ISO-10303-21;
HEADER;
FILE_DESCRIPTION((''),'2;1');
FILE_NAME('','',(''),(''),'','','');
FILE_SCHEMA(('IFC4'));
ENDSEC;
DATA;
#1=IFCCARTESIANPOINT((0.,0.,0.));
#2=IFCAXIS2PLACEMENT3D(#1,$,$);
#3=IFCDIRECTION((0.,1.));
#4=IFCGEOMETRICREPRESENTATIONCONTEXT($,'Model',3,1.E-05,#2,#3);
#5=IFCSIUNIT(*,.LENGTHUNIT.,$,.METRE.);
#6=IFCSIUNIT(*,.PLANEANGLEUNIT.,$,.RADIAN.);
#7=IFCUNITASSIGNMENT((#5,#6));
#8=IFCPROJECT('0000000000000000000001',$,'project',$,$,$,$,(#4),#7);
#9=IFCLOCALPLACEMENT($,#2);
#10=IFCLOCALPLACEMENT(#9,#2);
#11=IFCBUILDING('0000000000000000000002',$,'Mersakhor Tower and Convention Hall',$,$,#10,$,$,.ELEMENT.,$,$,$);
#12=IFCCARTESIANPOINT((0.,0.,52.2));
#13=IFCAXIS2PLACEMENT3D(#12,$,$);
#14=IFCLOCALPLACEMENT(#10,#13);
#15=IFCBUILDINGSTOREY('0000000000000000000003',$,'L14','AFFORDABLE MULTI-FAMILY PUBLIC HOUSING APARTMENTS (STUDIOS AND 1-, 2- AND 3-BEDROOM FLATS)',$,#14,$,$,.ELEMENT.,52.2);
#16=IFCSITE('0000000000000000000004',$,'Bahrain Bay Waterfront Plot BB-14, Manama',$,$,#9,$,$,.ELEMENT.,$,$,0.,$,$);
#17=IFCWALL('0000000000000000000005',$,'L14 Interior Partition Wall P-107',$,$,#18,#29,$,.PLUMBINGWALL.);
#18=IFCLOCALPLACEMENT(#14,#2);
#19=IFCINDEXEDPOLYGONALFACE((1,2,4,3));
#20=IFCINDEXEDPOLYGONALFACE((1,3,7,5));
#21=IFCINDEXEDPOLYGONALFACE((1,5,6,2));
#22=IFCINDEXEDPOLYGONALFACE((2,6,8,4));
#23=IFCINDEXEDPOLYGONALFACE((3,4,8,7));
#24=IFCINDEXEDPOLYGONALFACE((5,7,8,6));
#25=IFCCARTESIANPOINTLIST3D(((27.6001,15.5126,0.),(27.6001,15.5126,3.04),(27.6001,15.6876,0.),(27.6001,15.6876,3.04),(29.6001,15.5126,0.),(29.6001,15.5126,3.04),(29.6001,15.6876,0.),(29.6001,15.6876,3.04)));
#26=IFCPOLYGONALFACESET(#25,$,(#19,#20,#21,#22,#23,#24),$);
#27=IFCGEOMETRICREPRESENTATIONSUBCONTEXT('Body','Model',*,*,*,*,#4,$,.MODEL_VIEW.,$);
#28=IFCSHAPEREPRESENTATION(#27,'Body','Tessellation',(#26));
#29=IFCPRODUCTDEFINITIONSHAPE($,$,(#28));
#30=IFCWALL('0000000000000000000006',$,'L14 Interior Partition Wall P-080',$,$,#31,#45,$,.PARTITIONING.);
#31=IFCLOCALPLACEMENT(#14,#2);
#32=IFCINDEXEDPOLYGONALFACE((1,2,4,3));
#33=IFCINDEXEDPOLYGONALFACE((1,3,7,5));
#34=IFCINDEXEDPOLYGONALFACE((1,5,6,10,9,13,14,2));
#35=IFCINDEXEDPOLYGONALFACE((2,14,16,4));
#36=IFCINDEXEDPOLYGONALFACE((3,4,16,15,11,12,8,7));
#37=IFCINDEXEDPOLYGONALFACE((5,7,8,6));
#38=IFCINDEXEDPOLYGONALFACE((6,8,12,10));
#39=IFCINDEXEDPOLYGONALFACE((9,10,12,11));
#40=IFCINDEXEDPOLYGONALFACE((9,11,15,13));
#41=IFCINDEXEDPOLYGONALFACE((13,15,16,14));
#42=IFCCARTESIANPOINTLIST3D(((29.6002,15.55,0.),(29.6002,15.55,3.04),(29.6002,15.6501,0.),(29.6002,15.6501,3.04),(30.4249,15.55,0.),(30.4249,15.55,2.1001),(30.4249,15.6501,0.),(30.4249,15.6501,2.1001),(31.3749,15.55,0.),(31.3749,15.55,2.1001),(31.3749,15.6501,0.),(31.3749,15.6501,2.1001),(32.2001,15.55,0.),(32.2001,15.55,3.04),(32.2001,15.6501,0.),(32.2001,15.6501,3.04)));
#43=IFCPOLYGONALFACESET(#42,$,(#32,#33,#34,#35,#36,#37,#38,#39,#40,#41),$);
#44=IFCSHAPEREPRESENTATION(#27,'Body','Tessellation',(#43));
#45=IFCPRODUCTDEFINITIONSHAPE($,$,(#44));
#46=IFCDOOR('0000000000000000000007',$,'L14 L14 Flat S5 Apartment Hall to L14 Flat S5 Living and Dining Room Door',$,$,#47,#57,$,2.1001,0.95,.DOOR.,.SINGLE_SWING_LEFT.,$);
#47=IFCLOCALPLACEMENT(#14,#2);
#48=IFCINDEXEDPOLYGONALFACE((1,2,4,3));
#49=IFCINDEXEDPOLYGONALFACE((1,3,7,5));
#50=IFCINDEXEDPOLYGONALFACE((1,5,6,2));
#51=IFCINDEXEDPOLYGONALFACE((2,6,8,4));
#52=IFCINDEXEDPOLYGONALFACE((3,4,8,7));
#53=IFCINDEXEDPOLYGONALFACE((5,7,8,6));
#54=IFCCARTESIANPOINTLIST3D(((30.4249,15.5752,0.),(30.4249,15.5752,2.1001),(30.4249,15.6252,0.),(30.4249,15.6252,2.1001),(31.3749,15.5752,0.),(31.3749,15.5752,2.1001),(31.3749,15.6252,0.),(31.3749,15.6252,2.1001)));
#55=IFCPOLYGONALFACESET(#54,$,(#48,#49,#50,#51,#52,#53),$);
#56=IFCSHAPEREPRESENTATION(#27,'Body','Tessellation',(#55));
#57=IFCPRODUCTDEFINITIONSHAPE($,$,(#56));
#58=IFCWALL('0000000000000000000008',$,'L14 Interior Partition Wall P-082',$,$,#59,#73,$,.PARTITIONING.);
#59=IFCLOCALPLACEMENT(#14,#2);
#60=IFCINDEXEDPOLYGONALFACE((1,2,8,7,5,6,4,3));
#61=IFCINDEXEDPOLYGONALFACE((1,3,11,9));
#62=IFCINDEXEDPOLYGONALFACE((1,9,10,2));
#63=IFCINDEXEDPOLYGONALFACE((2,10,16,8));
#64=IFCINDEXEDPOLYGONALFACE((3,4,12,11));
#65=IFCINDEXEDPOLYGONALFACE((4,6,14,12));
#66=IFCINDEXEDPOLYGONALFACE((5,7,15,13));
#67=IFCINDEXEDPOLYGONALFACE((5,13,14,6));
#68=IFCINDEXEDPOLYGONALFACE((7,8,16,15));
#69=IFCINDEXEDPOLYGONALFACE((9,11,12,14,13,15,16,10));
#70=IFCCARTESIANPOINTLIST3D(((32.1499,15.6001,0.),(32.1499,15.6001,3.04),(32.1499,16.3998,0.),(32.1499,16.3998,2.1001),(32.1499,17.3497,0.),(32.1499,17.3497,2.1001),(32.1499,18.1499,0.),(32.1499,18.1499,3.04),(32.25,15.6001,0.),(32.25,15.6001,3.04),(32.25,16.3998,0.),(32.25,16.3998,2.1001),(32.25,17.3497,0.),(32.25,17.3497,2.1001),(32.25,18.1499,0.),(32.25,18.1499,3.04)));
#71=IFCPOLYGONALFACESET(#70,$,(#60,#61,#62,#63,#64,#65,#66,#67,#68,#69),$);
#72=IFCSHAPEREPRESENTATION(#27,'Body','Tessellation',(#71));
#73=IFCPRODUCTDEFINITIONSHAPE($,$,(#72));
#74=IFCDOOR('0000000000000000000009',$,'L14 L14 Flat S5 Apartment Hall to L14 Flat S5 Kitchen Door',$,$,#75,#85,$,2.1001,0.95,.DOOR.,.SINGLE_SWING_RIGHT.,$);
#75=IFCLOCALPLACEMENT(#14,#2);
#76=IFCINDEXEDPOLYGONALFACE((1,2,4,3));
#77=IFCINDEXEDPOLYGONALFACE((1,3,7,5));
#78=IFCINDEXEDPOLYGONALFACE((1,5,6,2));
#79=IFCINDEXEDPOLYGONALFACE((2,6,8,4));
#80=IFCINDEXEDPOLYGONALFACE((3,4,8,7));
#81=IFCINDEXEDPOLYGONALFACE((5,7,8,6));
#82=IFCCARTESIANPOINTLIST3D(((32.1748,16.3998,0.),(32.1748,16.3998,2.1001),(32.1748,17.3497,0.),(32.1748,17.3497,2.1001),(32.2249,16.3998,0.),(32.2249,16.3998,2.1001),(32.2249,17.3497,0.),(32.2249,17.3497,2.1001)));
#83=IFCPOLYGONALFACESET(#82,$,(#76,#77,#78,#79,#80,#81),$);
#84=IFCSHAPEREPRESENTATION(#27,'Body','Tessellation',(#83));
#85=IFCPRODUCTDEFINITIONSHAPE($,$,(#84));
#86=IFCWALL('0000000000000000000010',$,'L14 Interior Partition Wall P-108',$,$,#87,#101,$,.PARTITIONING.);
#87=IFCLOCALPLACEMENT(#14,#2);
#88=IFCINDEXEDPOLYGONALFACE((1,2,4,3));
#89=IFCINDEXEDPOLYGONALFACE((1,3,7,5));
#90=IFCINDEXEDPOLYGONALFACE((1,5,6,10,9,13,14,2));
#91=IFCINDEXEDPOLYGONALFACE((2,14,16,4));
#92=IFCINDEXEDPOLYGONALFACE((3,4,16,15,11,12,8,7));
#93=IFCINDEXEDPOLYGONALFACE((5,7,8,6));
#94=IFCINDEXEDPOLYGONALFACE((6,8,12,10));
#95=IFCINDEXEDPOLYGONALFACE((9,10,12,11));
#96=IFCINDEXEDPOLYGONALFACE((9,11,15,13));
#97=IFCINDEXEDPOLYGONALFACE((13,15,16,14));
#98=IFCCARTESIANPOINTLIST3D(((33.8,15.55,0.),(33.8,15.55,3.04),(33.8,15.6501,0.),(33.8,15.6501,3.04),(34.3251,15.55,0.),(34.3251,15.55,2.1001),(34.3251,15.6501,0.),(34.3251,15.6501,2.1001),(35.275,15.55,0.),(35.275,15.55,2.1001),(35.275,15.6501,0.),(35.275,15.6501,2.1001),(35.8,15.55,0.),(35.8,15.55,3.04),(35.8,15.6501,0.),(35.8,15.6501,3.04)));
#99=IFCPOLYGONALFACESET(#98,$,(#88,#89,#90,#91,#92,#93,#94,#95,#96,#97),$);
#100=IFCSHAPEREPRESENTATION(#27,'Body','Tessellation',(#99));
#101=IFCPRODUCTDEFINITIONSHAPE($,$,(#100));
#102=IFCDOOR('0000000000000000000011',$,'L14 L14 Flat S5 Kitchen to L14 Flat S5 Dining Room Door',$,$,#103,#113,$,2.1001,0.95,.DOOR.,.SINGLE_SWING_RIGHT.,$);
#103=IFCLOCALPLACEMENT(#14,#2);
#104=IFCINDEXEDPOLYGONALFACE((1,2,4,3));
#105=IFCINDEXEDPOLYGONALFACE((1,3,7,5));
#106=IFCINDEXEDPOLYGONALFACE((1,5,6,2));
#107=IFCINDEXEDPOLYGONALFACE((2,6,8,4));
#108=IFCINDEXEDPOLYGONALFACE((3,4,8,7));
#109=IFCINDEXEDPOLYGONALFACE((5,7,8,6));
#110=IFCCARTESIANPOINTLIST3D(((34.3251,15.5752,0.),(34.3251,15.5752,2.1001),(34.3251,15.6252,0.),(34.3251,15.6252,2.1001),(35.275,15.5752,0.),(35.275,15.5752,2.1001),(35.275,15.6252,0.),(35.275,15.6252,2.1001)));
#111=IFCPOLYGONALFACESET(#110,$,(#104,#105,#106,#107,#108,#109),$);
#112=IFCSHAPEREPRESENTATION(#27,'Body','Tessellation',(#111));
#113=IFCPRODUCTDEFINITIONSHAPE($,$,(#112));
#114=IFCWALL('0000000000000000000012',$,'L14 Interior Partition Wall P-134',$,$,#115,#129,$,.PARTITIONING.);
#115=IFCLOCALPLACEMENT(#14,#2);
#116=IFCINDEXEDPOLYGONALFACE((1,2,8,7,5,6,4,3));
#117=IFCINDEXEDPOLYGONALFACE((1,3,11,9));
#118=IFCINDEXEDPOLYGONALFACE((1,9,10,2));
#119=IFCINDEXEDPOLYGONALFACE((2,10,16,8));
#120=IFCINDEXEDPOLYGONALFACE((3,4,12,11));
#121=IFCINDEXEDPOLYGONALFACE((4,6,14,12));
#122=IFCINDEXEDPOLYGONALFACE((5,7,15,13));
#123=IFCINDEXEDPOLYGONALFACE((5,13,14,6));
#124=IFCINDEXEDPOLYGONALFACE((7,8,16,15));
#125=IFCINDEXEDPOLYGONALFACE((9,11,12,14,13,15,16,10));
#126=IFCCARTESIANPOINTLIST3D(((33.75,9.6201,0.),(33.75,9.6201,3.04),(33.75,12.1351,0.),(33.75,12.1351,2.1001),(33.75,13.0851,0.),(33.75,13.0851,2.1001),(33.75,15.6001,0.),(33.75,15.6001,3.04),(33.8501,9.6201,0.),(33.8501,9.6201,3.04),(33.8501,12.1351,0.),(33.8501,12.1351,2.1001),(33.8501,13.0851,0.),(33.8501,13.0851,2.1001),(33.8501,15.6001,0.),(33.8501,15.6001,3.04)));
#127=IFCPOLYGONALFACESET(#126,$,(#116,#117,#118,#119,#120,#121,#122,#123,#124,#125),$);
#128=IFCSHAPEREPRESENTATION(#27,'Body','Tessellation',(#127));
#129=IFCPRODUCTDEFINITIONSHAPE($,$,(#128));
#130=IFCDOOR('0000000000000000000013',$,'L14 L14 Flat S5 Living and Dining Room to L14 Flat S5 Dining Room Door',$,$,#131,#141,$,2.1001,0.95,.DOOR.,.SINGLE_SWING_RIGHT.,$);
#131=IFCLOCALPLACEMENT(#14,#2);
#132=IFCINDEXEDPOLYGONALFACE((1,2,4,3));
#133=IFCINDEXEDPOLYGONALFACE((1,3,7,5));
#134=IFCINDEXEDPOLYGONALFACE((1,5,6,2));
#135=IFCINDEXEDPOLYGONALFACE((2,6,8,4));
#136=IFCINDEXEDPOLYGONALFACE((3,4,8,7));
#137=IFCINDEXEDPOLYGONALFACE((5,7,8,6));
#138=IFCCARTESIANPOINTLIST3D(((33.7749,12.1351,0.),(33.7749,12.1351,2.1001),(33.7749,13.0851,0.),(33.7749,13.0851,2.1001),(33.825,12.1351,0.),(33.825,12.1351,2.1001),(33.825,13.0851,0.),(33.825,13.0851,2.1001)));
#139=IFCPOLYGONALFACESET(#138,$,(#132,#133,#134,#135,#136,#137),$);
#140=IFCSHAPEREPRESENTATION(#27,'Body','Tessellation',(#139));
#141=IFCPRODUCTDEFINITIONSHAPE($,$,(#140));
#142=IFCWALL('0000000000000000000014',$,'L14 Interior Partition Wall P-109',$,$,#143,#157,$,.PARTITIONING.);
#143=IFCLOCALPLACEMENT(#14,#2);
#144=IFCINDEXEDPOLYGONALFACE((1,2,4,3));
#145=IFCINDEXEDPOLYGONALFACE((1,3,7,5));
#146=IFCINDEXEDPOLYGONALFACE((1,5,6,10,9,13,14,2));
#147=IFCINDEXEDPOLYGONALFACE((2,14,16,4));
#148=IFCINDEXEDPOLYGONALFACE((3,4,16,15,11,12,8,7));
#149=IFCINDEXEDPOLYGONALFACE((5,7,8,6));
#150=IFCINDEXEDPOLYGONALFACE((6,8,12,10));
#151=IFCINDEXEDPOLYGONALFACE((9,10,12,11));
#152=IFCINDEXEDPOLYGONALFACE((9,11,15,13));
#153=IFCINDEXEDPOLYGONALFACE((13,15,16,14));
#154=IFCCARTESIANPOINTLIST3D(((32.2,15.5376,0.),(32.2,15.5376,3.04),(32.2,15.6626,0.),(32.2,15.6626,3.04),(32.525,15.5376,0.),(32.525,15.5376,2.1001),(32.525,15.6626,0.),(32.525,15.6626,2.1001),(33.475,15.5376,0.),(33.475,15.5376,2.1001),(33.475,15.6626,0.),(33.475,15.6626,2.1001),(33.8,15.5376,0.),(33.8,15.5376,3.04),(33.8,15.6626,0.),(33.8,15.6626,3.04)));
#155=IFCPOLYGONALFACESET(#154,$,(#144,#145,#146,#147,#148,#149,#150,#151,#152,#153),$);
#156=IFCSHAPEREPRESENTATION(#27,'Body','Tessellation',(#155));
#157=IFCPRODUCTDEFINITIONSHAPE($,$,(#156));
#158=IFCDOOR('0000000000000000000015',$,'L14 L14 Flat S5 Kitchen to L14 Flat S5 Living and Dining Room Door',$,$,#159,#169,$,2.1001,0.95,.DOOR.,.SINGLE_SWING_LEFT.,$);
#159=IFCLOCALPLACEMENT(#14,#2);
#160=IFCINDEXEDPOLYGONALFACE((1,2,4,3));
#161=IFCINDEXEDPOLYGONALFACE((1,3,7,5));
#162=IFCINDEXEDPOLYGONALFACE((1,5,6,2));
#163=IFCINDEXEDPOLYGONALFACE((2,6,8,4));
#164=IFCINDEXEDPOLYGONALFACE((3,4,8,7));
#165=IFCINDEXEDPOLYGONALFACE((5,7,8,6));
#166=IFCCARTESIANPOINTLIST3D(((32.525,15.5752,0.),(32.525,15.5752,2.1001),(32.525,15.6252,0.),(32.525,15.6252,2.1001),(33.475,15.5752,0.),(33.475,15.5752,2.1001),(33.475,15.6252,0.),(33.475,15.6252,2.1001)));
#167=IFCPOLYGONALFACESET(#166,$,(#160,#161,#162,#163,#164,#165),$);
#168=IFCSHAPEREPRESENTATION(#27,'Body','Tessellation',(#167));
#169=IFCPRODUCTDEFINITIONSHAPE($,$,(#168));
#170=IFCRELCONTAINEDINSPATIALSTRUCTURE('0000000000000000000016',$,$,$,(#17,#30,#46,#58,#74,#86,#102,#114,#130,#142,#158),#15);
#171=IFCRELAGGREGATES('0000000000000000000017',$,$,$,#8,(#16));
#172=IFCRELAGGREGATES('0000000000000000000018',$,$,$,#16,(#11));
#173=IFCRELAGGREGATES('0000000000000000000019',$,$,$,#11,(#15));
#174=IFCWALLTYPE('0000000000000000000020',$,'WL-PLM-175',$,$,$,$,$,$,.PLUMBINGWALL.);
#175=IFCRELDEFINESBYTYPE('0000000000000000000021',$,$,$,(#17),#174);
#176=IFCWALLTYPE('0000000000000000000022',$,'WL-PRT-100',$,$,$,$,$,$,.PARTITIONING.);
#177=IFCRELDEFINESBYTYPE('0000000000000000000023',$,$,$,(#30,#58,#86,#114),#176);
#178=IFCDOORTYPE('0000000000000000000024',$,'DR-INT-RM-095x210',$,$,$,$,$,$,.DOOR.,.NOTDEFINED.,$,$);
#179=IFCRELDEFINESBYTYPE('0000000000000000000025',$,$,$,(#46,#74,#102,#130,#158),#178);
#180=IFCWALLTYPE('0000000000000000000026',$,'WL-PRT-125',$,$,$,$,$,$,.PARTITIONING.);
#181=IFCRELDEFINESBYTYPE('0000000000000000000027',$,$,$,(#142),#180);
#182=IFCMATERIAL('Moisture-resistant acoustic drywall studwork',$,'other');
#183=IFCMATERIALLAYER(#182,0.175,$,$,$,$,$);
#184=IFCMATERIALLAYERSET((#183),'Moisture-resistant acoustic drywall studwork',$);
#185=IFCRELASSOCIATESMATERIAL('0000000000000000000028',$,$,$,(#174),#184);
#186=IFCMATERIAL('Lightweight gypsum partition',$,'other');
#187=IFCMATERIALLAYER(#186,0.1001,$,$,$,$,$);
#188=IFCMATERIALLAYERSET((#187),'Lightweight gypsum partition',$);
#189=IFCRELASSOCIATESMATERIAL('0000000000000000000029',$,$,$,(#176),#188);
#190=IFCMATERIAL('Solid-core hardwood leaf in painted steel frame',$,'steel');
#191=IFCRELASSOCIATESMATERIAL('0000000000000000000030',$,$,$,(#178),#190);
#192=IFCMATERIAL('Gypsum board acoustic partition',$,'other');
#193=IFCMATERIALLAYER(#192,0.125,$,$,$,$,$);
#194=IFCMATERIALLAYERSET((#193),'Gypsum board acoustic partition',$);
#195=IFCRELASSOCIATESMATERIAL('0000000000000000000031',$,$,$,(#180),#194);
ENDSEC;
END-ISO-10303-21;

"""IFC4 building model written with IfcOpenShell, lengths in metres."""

from ifc_helpers import new_model, si_unit, direction, frame, frame_2d, origin, place, context, subcontext, project, spatial, rectangle, extrude, material, layer, layer_set, type_object, element, fill, save


model = new_model("IFC4")

# Units and contexts
model_context = context("Model", 3, precision=1e-05, world=origin(), true_north=direction((0.0, 1.0)))
body_context = subcontext(model_context, "Body", "Model", "MODEL_VIEW")
ifc_project = project(units=[si_unit("LENGTHUNIT", "METRE"), si_unit("PLANEANGLEUNIT", "RADIAN")], contexts=[model_context])

# Site, building, storey
site_placement = place(None, origin())
site = spatial("IfcSite", under=ifc_project, at=site_placement, Name="Bahrain Bay Waterfront Plot BB-14, Manama", CompositionType="ELEMENT", RefElevation=0.0)
building_placement = place(site_placement, origin())
building = spatial("IfcBuilding", under=site, at=building_placement, Name="Mersakhor Tower and Convention Hall", CompositionType="ELEMENT")
storey_placement = place(building_placement, frame((0.0, 0.0, 52.2)))
storey = spatial("IfcBuildingStorey", under=building, at=storey_placement, Name="L14", Description="AFFORDABLE MULTI-FAMILY PUBLIC HOUSING APARTMENTS (STUDIOS AND 1-, 2- AND 3-BEDROOM FLATS)", CompositionType="ELEMENT", Elevation=52.2)

# Wall
ifc_material_1 = material(Name="Moisture-resistant acoustic drywall studwork", Category="other")
ifc_layer_1 = layer(ifc_material_1, 0.175)
ifc_layer_set_1 = layer_set([ifc_layer_1], Name="Moisture-resistant acoustic drywall studwork")
wall_type_1 = type_object("IfcWallType", Name="WL-PLM-175", PredefinedType="PLUMBINGWALL", material=ifc_layer_set_1)
wall_1_placement = place(storey_placement, frame((29.6001, 15.6001, 0.0), z_axis=(0.0, 0.0, 1.0), x_axis=(-1.0, 0.0, 0.0)))
element("IfcWall", 1, at=wall_1_placement, inside=storey, type_object=wall_type_1, Name="L14 Interior Partition Wall P-107", PredefinedType="PLUMBINGWALL", context=body_context, shape_type="SweptSolid", body=[
    extrude(rectangle(XDim=2.0, YDim=0.175, at=frame_2d((1.0, 0.0))), origin(), (0.0, 0.0, 1.0), 3.04),
])

# Walls, openings, doors
ifc_material_2 = material(Name="Lightweight gypsum partition", Category="other")
ifc_layer_2 = layer(ifc_material_2, 0.1001)
ifc_layer_set_2 = layer_set([ifc_layer_2], Name="Lightweight gypsum partition")
wall_type_2 = type_object("IfcWallType", Name="WL-PRT-100", PredefinedType="PARTITIONING", material=ifc_layer_set_2)
wall_2_placement = place(storey_placement, frame((32.2, 15.6001, 0.0), z_axis=(0.0, 0.0, 1.0), x_axis=(-1.0, 0.0, 0.0)))
wall_2 = element("IfcWall", 2, at=wall_2_placement, inside=storey, type_object=wall_type_2, Name="L14 Interior Partition Wall P-080", PredefinedType="PARTITIONING", context=body_context, shape_type="SweptSolid", body=[
    extrude(rectangle(XDim=2.5999, YDim=0.1001, at=frame_2d((1.2998, 0.0))), origin(), (0.0, 0.0, 1.0), 3.04),
])
opening_1_placement = place(wall_2_placement, frame((0.825, 0.0, 0.0)))
opening_1 = element("IfcOpeningElement", 3, at=opening_1_placement, cuts=wall_2, PredefinedType="OPENING", context=body_context, shape_type="SweptSolid", body=[
    extrude(rectangle(XDim=0.95, YDim=2.1001, at=frame_2d((0.4751, 1.05))), frame((0.0, 0.0601, 0.0), z_axis=(0.0, -1.0, 0.0), x_axis=(1.0, 0.0, 0.0)), (0.0, 0.0, 1.0), 0.1201),
])
ifc_material_3 = material(Name="Solid-core hardwood leaf in painted steel frame", Category="steel")
door_type_1 = type_object("IfcDoorType", Name="DR-INT-RM-095x210", OperationType="NOTDEFINED", PredefinedType="DOOR", material=ifc_material_3)
door_1_placement = place(opening_1_placement, origin())
door_1 = element("IfcDoor", 4, at=door_1_placement, inside=storey, type_object=door_type_1, Name="L14 L14 Flat S5 Apartment Hall to L14 Flat S5 Living and Dining Room Door", OperationType="SINGLE_SWING_LEFT", OverallHeight=2.1001, OverallWidth=0.95, PredefinedType="DOOR", context=body_context, shape_type="SweptSolid", body=[
    extrude(rectangle(XDim=0.95, YDim=2.1001, at=frame_2d((0.4751, 1.05))), frame((0.0, 0.0249, 0.0), z_axis=(0.0, -1.0, 0.0), x_axis=(1.0, 0.0, 0.0)), (0.0, 0.0, 1.0), 0.05),
])
fill(opening_1, door_1)
wall_3_placement = place(storey_placement, frame((32.2, 18.1499, 0.0), z_axis=(0.0, 0.0, 1.0), x_axis=(0.0, -1.0, 0.0)))
wall_3 = element("IfcWall", 5, at=wall_3_placement, inside=storey, type_object=wall_type_2, Name="L14 Interior Partition Wall P-082", PredefinedType="PARTITIONING", context=body_context, shape_type="SweptSolid", body=[
    extrude(rectangle(XDim=2.5498, YDim=0.1001, at=frame_2d((1.2749, 0.0))), origin(), (0.0, 0.0, 1.0), 3.04),
])
opening_2_placement = place(wall_3_placement, frame((0.8, 0.0, 0.0)))
opening_2 = element("IfcOpeningElement", 6, at=opening_2_placement, cuts=wall_3, PredefinedType="OPENING", context=body_context, shape_type="SweptSolid", body=[
    extrude(rectangle(XDim=0.95, YDim=2.1001, at=frame_2d((0.4751, 1.05))), frame((0.0, 0.0601, 0.0), z_axis=(0.0, -1.0, 0.0), x_axis=(1.0, 0.0, 0.0)), (0.0, 0.0, 1.0), 0.1201),
])
door_2_placement = place(opening_2_placement, origin())
door_2 = element("IfcDoor", 7, at=door_2_placement, inside=storey, type_object=door_type_1, Name="L14 L14 Flat S5 Apartment Hall to L14 Flat S5 Kitchen Door", OperationType="SINGLE_SWING_RIGHT", OverallHeight=2.1001, OverallWidth=0.95, PredefinedType="DOOR", context=body_context, shape_type="SweptSolid", body=[
    extrude(rectangle(XDim=0.95, YDim=2.1001, at=frame_2d((0.4751, 1.05))), frame((0.0, 0.0249, 0.0), z_axis=(0.0, -1.0, 0.0), x_axis=(1.0, 0.0, 0.0)), (0.0, 0.0, 1.0), 0.05),
])
fill(opening_2, door_2)
wall_4_placement = place(storey_placement, frame((35.8, 15.6001, 0.0), z_axis=(0.0, 0.0, 1.0), x_axis=(-1.0, 0.0, 0.0)))
wall_4 = element("IfcWall", 8, at=wall_4_placement, inside=storey, type_object=wall_type_2, Name="L14 Interior Partition Wall P-108", PredefinedType="PARTITIONING", context=body_context, shape_type="SweptSolid", body=[
    extrude(rectangle(XDim=2.0, YDim=0.1001, at=frame_2d((1.0, 0.0))), origin(), (0.0, 0.0, 1.0), 3.04),
])
opening_3_placement = place(wall_4_placement, frame((0.5249, 0.0, 0.0)))
opening_3 = element("IfcOpeningElement", 9, at=opening_3_placement, cuts=wall_4, PredefinedType="OPENING", context=body_context, shape_type="SweptSolid", body=[
    extrude(rectangle(XDim=0.95, YDim=2.1001, at=frame_2d((0.4751, 1.05))), frame((0.0, 0.0601, 0.0), z_axis=(0.0, -1.0, 0.0), x_axis=(1.0, 0.0, 0.0)), (0.0, 0.0, 1.0), 0.1201),
])
door_3_placement = place(opening_3_placement, origin())
door_3 = element("IfcDoor", 10, at=door_3_placement, inside=storey, type_object=door_type_1, Name="L14 L14 Flat S5 Kitchen to L14 Flat S5 Dining Room Door", OperationType="SINGLE_SWING_RIGHT", OverallHeight=2.1001, OverallWidth=0.95, PredefinedType="DOOR", context=body_context, shape_type="SweptSolid", body=[
    extrude(rectangle(XDim=0.95, YDim=2.1001, at=frame_2d((0.4751, 1.05))), frame((0.0, 0.0249, 0.0), z_axis=(0.0, -1.0, 0.0), x_axis=(1.0, 0.0, 0.0)), (0.0, 0.0, 1.0), 0.05),
])
fill(opening_3, door_3)
wall_5_placement = place(storey_placement, frame((33.8, 15.6001, 0.0), z_axis=(0.0, 0.0, 1.0), x_axis=(0.0, -1.0, 0.0)))
wall_5 = element("IfcWall", 11, at=wall_5_placement, inside=storey, type_object=wall_type_2, Name="L14 Interior Partition Wall P-134", PredefinedType="PARTITIONING", context=body_context, shape_type="SweptSolid", body=[
    extrude(rectangle(XDim=5.98, YDim=0.1001, at=frame_2d((2.99, 0.0))), origin(), (0.0, 0.0, 1.0), 3.04),
])
opening_4_placement = place(wall_5_placement, frame((2.5149, 0.0, 0.0)))
opening_4 = element("IfcOpeningElement", 12, at=opening_4_placement, cuts=wall_5, PredefinedType="OPENING", context=body_context, shape_type="SweptSolid", body=[
    extrude(rectangle(XDim=0.95, YDim=2.1001, at=frame_2d((0.4751, 1.05))), frame((0.0, 0.0601, 0.0), z_axis=(0.0, -1.0, 0.0), x_axis=(1.0, 0.0, 0.0)), (0.0, 0.0, 1.0), 0.1201),
])
door_4_placement = place(opening_4_placement, origin())
door_4 = element("IfcDoor", 13, at=door_4_placement, inside=storey, type_object=door_type_1, Name="L14 L14 Flat S5 Living and Dining Room to L14 Flat S5 Dining Room Door", OperationType="SINGLE_SWING_RIGHT", OverallHeight=2.1001, OverallWidth=0.95, PredefinedType="DOOR", context=body_context, shape_type="SweptSolid", body=[
    extrude(rectangle(XDim=0.95, YDim=2.1001, at=frame_2d((0.4751, 1.05))), frame((0.0, 0.0249, 0.0), z_axis=(0.0, -1.0, 0.0), x_axis=(1.0, 0.0, 0.0)), (0.0, 0.0, 1.0), 0.05),
])
fill(opening_4, door_4)
ifc_material_4 = material(Name="Gypsum board acoustic partition", Category="other")
ifc_layer_3 = layer(ifc_material_4, 0.125)
ifc_layer_set_3 = layer_set([ifc_layer_3], Name="Gypsum board acoustic partition")
wall_type_3 = type_object("IfcWallType", Name="WL-PRT-125", PredefinedType="PARTITIONING", material=ifc_layer_set_3)
wall_6_placement = place(storey_placement, frame((33.8, 15.6001, 0.0), z_axis=(0.0, 0.0, 1.0), x_axis=(-1.0, 0.0, 0.0)))
wall_6 = element("IfcWall", 14, at=wall_6_placement, inside=storey, type_object=wall_type_3, Name="L14 Interior Partition Wall P-109", PredefinedType="PARTITIONING", context=body_context, shape_type="SweptSolid", body=[
    extrude(rectangle(XDim=1.6001, YDim=0.125, at=frame_2d((0.8, 0.0))), origin(), (0.0, 0.0, 1.0), 3.04),
])
opening_5_placement = place(wall_6_placement, frame((0.325, 0.0, 0.0)))
opening_5 = element("IfcOpeningElement", 15, at=opening_5_placement, cuts=wall_6, PredefinedType="OPENING", context=body_context, shape_type="SweptSolid", body=[
    extrude(rectangle(XDim=0.95, YDim=2.1001, at=frame_2d((0.4751, 1.05))), frame((0.0, 0.0725, 0.0), z_axis=(0.0, -1.0, 0.0), x_axis=(1.0, 0.0, 0.0)), (0.0, 0.0, 1.0), 0.145),
])
door_5_placement = place(opening_5_placement, origin())
door_5 = element("IfcDoor", 16, at=door_5_placement, inside=storey, type_object=door_type_1, Name="L14 L14 Flat S5 Kitchen to L14 Flat S5 Living and Dining Room Door", OperationType="SINGLE_SWING_LEFT", OverallHeight=2.1001, OverallWidth=0.95, PredefinedType="DOOR", context=body_context, shape_type="SweptSolid", body=[
    extrude(rectangle(XDim=0.95, YDim=2.1001, at=frame_2d((0.4751, 1.05))), frame((0.0, 0.0249, 0.0), z_axis=(0.0, -1.0, 0.0), x_axis=(1.0, 0.0, 0.0)), (0.0, 0.0, 1.0), 0.05),
])
fill(opening_5, door_5)

save(model, "model.ifc")
